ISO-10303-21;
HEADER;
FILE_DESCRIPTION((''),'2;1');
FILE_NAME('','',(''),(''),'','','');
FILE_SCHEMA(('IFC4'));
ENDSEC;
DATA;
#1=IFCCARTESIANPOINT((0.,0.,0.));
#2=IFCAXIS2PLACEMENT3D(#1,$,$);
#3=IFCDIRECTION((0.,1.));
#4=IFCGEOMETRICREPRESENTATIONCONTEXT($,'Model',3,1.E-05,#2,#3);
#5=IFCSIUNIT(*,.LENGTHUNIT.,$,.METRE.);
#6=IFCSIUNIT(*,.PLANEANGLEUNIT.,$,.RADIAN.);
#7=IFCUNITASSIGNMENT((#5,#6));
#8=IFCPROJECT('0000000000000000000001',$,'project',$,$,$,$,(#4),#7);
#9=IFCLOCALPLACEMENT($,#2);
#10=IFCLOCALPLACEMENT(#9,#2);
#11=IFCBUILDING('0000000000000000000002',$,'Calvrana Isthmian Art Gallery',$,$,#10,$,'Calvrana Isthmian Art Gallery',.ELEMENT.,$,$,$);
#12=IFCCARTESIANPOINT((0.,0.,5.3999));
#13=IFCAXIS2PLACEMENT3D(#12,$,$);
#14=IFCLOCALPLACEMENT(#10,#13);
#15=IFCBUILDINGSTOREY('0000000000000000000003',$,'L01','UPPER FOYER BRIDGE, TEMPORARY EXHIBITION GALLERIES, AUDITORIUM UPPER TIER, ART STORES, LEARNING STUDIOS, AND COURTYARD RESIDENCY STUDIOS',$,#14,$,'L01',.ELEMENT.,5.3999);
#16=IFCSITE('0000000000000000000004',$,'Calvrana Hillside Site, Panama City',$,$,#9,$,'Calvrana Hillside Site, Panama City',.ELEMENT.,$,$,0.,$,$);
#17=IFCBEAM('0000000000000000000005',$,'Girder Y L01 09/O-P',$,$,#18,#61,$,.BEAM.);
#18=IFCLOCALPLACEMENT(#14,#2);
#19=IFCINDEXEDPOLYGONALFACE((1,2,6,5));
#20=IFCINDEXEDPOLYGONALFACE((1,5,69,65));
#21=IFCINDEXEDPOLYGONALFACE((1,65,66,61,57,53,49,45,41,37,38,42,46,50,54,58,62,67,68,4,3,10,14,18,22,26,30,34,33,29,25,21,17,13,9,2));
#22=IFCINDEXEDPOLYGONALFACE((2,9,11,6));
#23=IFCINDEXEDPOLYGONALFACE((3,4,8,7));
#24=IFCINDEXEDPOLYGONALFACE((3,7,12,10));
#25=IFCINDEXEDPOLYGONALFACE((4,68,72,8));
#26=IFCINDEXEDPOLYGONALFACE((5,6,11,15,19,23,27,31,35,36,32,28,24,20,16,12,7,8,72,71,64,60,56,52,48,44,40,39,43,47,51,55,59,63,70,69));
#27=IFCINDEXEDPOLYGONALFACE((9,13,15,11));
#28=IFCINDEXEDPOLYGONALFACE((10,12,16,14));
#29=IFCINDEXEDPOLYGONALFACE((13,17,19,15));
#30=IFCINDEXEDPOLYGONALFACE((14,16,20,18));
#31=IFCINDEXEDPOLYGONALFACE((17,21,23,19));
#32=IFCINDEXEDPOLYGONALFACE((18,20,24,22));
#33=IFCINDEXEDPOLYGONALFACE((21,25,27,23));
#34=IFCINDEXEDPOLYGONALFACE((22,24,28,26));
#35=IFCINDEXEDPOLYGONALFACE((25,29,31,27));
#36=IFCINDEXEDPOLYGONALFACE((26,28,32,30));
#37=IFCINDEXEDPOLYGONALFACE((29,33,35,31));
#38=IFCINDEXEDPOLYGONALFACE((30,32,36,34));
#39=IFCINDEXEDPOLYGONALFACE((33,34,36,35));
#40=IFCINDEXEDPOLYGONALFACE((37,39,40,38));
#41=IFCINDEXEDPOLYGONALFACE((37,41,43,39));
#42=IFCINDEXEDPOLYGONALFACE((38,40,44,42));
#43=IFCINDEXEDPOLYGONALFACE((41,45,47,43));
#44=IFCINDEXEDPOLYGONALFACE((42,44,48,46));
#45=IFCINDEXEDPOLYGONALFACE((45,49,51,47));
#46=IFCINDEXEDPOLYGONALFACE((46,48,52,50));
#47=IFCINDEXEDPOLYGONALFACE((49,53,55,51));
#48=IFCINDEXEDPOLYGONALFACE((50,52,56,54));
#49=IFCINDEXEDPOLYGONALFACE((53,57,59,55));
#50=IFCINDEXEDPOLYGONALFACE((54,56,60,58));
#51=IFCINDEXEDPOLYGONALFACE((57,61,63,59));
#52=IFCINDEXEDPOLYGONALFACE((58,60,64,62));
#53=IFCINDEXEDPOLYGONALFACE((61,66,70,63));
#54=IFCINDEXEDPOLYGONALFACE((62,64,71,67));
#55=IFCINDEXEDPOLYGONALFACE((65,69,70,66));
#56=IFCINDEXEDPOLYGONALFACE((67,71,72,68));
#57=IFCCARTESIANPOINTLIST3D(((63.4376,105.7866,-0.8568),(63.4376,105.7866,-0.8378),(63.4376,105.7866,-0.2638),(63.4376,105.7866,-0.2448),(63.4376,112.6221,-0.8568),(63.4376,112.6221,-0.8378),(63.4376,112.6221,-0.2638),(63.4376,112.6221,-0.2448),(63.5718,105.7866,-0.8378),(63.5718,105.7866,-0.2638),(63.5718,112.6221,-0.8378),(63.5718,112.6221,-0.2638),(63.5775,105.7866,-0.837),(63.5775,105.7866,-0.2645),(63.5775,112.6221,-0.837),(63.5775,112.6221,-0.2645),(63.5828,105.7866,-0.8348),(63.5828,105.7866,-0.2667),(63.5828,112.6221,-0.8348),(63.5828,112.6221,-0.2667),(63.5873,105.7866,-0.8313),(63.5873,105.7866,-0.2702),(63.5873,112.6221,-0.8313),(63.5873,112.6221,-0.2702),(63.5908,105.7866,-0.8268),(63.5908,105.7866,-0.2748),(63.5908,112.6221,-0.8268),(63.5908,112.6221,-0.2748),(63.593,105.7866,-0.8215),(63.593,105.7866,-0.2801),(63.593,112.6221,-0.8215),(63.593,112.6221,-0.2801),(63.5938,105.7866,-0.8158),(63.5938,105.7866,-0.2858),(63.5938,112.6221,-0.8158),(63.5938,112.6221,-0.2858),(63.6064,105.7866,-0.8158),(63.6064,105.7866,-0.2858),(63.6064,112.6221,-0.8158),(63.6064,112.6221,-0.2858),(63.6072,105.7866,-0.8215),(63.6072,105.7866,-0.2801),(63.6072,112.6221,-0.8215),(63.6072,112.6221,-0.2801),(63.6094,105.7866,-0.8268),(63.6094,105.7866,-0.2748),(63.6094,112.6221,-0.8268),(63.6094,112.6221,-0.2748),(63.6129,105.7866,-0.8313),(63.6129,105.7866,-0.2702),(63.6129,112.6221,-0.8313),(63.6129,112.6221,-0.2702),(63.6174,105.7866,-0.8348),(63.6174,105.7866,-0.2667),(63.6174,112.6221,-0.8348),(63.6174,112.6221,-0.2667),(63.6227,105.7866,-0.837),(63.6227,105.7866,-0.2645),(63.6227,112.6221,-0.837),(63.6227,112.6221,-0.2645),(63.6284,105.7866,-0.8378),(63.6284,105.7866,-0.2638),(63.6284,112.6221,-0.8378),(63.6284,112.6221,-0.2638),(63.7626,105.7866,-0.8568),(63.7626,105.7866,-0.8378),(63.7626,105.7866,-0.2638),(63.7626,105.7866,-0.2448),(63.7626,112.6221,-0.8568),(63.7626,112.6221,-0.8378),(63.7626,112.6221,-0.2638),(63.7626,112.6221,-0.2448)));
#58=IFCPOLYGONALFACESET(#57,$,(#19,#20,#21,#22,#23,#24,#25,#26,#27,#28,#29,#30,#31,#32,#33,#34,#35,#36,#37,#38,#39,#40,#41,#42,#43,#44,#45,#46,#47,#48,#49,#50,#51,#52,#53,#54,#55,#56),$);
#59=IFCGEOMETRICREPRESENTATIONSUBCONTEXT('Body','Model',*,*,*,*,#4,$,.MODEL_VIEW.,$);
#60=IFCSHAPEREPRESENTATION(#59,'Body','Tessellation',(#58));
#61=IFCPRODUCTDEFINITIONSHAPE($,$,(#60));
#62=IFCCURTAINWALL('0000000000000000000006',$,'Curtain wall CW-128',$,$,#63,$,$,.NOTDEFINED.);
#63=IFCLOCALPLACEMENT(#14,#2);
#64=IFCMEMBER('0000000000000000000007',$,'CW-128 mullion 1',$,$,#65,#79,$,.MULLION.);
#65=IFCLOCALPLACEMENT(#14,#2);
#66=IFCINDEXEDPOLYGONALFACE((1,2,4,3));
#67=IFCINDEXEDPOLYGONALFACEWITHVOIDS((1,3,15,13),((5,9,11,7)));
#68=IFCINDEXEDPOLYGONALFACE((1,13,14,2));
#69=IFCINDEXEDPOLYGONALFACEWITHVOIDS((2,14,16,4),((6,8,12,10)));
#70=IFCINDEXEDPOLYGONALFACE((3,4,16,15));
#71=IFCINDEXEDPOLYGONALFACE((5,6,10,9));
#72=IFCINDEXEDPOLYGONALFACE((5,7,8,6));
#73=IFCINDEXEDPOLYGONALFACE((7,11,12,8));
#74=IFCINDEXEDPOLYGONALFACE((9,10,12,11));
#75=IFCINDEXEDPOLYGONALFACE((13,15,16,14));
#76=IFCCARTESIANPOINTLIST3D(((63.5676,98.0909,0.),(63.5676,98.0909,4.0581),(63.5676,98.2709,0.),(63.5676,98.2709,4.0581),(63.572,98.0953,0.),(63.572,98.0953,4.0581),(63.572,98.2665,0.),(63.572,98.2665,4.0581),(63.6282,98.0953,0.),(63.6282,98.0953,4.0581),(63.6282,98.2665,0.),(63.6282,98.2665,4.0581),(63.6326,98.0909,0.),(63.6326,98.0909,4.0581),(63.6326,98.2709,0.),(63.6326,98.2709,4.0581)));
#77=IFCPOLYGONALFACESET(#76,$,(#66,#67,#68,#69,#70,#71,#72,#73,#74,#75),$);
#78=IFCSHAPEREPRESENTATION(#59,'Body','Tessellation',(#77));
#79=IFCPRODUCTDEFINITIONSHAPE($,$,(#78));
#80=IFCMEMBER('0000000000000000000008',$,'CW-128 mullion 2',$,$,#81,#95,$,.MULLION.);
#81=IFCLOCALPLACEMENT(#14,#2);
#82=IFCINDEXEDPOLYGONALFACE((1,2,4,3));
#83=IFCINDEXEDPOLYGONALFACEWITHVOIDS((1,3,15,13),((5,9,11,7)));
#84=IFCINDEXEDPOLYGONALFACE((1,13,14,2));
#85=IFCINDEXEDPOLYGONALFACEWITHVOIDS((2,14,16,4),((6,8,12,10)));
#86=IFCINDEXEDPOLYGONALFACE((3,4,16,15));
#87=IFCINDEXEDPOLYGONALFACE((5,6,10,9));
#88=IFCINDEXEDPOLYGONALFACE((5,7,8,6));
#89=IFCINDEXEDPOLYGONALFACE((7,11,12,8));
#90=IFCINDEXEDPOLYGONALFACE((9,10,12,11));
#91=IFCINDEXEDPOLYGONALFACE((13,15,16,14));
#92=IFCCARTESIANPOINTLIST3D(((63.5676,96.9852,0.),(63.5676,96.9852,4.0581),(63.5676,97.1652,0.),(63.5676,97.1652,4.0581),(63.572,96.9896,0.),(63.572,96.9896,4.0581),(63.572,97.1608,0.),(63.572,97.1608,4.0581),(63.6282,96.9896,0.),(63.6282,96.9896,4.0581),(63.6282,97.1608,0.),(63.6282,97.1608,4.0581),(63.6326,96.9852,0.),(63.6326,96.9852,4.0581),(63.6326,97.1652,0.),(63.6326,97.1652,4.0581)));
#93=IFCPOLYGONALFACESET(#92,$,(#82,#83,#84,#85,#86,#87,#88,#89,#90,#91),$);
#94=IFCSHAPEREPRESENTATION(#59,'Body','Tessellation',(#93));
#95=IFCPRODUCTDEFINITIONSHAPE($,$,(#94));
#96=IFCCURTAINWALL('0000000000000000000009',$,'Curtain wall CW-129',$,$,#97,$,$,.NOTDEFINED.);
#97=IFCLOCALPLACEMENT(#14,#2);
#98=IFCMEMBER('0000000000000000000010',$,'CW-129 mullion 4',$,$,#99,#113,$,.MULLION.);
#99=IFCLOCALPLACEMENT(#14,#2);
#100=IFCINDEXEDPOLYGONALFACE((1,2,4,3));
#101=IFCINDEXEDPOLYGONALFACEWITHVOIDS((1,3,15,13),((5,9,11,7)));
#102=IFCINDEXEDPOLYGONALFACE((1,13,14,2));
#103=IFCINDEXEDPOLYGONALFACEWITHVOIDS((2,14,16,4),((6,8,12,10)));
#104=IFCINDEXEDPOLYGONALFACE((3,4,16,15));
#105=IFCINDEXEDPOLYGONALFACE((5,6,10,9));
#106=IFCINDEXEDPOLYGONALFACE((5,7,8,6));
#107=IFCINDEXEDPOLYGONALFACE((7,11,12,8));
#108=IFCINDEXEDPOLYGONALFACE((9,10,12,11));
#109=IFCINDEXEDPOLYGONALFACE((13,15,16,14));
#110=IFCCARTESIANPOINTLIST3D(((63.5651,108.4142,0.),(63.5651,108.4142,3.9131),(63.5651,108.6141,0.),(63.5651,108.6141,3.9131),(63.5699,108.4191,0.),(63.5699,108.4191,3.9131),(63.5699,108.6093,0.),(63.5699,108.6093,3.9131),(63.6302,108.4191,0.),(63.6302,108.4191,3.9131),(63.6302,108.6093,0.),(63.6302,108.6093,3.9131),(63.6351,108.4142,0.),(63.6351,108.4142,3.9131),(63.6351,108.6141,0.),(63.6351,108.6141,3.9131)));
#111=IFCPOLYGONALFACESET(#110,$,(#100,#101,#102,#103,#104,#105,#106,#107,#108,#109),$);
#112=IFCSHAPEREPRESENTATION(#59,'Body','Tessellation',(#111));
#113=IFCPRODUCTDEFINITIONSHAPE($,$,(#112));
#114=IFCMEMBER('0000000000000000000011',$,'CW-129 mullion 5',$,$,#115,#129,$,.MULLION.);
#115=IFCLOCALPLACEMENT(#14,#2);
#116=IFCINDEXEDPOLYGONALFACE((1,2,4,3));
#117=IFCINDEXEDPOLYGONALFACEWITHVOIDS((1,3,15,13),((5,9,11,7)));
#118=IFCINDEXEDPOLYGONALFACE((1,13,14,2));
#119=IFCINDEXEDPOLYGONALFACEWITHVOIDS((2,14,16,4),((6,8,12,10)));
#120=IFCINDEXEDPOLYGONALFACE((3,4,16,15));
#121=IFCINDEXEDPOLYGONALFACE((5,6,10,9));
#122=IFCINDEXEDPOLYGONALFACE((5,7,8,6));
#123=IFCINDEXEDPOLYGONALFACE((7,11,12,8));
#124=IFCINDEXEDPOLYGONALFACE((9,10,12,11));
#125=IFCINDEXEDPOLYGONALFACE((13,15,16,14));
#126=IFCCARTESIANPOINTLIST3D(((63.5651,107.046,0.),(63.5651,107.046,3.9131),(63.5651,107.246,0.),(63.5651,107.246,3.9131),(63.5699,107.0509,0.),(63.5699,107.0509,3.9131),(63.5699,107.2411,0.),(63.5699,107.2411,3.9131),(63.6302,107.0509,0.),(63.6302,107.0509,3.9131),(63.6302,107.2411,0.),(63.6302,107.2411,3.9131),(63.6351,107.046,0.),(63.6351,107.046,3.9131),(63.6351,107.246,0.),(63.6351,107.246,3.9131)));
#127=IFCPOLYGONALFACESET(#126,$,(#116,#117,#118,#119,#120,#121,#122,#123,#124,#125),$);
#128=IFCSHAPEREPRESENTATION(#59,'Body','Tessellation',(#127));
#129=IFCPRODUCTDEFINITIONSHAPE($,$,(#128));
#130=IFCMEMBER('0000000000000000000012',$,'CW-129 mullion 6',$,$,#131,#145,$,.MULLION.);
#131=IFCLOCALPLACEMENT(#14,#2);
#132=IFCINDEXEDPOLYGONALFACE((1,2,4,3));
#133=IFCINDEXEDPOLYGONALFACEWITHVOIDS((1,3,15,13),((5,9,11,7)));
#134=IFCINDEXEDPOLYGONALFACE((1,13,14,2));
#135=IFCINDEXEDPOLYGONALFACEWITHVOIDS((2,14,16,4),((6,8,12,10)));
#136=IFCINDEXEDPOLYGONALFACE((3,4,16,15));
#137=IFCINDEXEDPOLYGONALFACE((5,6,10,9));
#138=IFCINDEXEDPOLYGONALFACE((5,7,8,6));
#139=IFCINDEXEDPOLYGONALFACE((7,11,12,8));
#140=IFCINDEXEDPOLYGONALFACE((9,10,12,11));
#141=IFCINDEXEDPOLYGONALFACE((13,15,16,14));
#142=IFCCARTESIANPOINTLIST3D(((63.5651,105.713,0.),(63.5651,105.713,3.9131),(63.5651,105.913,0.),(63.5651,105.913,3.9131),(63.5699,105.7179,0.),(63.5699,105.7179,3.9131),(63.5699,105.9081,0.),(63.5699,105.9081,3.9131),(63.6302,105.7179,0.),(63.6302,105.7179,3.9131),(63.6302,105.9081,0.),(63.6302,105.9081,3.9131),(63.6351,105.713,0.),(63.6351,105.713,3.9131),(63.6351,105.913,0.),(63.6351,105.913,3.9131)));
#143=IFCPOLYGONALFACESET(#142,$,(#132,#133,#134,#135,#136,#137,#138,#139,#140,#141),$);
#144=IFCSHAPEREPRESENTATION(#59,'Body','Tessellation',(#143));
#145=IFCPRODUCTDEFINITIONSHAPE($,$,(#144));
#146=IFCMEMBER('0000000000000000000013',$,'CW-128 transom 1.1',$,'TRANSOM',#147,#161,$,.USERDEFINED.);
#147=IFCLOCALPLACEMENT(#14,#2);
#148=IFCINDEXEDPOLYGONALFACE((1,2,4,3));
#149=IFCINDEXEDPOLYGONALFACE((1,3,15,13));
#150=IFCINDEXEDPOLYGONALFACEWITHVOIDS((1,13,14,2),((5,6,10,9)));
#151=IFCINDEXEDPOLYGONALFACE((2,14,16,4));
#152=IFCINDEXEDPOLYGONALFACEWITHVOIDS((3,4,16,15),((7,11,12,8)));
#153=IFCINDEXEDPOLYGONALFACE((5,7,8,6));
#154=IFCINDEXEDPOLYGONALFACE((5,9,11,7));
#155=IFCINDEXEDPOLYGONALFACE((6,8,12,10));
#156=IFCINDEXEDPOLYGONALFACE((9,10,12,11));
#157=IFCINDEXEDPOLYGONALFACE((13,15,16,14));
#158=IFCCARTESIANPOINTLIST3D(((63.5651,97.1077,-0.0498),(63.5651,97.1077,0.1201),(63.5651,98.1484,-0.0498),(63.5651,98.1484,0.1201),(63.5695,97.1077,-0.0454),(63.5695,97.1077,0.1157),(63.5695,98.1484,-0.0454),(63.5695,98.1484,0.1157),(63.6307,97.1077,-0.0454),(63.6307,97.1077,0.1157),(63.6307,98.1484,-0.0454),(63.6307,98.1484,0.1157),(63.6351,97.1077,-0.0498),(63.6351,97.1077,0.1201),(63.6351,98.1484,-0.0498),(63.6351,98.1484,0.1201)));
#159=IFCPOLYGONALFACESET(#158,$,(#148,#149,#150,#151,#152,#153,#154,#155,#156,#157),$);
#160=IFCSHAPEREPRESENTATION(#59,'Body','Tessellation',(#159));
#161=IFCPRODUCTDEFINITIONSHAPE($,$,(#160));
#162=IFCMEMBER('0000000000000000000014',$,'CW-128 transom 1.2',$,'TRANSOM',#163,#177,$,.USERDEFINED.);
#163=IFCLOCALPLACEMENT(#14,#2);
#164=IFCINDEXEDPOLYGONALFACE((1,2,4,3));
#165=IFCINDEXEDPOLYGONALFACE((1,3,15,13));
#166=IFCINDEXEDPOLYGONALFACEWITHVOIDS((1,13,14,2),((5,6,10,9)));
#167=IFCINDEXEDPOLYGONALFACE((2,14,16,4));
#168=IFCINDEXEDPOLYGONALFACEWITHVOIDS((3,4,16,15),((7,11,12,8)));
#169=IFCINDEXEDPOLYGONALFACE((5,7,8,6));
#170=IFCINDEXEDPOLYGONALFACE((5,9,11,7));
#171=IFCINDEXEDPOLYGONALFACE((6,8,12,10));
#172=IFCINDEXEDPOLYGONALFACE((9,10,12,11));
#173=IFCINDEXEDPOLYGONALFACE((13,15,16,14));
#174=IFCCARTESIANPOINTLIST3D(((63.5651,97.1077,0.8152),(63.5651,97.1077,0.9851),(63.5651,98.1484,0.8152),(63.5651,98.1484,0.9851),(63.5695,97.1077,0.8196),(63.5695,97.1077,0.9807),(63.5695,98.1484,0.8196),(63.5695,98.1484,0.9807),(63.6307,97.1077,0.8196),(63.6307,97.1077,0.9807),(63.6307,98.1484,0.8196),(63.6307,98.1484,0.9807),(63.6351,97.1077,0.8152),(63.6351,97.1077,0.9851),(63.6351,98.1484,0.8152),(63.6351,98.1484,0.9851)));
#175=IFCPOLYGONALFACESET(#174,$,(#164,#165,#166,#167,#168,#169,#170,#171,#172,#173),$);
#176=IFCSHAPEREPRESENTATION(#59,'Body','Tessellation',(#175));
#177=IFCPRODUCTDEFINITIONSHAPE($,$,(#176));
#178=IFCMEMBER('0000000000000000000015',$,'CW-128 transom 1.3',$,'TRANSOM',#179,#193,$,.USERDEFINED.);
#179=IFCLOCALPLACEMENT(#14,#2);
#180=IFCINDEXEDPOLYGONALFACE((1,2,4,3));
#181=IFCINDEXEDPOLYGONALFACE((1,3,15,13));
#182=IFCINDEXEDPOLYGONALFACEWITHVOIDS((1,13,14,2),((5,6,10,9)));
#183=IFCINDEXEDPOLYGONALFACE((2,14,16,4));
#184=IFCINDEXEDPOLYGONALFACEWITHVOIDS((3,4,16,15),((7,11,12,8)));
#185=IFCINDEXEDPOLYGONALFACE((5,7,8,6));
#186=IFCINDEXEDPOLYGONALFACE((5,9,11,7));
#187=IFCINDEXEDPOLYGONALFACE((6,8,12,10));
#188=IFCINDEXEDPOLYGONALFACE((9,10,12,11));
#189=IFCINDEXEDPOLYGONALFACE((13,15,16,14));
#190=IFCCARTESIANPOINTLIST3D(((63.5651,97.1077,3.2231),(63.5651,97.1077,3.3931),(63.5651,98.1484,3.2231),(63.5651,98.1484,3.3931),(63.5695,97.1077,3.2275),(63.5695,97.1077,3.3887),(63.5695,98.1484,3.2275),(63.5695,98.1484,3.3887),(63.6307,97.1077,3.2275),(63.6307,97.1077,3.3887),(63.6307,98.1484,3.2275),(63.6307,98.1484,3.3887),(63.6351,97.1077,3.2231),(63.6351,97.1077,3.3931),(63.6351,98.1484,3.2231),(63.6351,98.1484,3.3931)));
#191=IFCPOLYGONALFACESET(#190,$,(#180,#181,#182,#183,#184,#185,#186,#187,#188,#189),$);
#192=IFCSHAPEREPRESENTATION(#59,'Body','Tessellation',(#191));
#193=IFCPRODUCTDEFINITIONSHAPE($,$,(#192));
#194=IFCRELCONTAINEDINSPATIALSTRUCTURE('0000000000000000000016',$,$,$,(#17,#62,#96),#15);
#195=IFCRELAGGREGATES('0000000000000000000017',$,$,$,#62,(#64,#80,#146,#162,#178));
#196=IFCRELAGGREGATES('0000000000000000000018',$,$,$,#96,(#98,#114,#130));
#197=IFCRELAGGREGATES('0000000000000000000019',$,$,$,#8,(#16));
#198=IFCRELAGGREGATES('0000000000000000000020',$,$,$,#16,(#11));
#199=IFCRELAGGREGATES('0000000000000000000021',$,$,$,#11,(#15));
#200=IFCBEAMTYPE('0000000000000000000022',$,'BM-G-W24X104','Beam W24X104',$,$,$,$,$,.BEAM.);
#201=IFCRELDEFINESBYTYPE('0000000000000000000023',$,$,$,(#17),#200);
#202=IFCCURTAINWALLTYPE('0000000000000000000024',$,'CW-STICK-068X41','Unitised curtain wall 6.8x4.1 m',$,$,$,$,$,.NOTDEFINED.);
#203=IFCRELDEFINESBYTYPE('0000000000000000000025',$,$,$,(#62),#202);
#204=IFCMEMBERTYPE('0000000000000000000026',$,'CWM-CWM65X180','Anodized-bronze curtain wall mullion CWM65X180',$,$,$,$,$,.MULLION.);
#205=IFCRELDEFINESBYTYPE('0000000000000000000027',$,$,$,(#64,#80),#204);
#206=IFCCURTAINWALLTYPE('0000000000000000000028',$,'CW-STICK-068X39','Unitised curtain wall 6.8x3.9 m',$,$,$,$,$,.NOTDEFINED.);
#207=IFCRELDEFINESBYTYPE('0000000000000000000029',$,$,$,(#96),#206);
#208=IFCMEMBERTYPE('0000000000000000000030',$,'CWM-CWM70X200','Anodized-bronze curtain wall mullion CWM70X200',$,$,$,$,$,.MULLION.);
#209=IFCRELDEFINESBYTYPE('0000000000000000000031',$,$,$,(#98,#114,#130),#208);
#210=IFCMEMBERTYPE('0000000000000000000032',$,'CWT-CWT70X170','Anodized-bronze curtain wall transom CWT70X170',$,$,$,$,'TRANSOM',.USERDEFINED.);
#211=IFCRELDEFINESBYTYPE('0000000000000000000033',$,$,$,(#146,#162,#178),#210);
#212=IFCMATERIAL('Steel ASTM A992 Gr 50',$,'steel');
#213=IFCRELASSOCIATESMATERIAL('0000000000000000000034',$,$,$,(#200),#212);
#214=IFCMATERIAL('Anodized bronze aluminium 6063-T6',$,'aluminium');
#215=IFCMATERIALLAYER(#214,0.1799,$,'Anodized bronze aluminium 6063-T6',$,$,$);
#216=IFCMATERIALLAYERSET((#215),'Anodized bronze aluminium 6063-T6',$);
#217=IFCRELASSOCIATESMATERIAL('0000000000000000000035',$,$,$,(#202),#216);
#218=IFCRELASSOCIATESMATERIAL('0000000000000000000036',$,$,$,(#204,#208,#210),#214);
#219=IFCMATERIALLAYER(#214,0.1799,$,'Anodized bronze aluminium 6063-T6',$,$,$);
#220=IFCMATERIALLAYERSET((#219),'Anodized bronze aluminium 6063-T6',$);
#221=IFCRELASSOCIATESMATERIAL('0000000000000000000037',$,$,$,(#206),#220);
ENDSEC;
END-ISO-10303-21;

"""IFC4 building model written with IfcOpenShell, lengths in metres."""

from ifc_helpers import new_model, si_unit, direction, frame, origin, origin_2d, place, context, subcontext, project, spatial, hollow_rectangle, i_section, extrude, material, layer, layer_set, material_profile, profile_set, type_object, element, aggregate, save


model = new_model("IFC4")

# Units and contexts
model_context = context("Model", 3, precision=1e-05, world=origin(), true_north=direction((0.0, 1.0)))
body_context = subcontext(model_context, "Body", "Model", "MODEL_VIEW")
ifc_project = project(units=[si_unit("LENGTHUNIT", "METRE"), si_unit("PLANEANGLEUNIT", "RADIAN")], contexts=[model_context])

# Site, building, storey
site_placement = place(None, origin())
site = spatial("IfcSite", under=ifc_project, at=site_placement, Name="Calvrana Hillside Site, Panama City", LongName="Calvrana Hillside Site, Panama City", CompositionType="ELEMENT", RefElevation=0.0)
building_placement = place(site_placement, origin())
building = spatial("IfcBuilding", under=site, at=building_placement, Name="Calvrana Isthmian Art Gallery", LongName="Calvrana Isthmian Art Gallery", CompositionType="ELEMENT")
storey_placement = place(building_placement, frame((0.0, 0.0, 5.3999)))
storey = spatial("IfcBuildingStorey", under=building, at=storey_placement, Name="L01", Description="UPPER FOYER BRIDGE, TEMPORARY EXHIBITION GALLERIES, AUDITORIUM UPPER TIER, ART STORES, LEARNING STUDIOS, AND COURTYARD RESIDENCY STUDIOS", LongName="L01", CompositionType="ELEMENT", Elevation=5.3999)

# Shared definitions
ifc_material_1 = material(Name="Steel ASTM A992 Gr 50", Category="steel")

# Beam
ifc_material_profile_1 = material_profile(ifc_material_1, i_section(OverallWidth=0.325, OverallDepth=0.6121, WebThickness=0.0127, FlangeThickness=0.019, FilletRadius=0.022, at=origin_2d()), Name="W24X104")
ifc_profile_set_1 = profile_set([ifc_material_profile_1], Name="Steel ASTM A992 Gr 50")
beam_type_1 = type_object("IfcBeamType", Name="BM-G-W24X104", Description="Beam W24X104", PredefinedType="BEAM", material=ifc_profile_set_1)
beam_1_placement = place(storey_placement, frame((63.6001, 105.7866, -0.5508), z_axis=(0.0, 1.0, 0.0), x_axis=(-1.0, 0.0, 0.0)))
element("IfcBeam", 1, at=beam_1_placement, inside=storey, type_object=beam_type_1, Name="Girder Y L01 09/O-P", PredefinedType="BEAM", context=body_context, shape_type="SweptSolid", body=[
    extrude(i_section(OverallWidth=0.325, OverallDepth=0.6121, WebThickness=0.0127, FlangeThickness=0.019, FilletRadius=0.022, at=origin_2d()), origin(), (0.0, 0.0, 1.0), 6.8354),
])

# Curtain walls, members
ifc_material_2 = material(Name="Anodized bronze aluminium 6063-T6", Category="aluminium")
ifc_layer_1 = layer(ifc_material_2, 0.1799, Name="Anodized bronze aluminium 6063-T6")
ifc_layer_set_1 = layer_set([ifc_layer_1], Name="Anodized bronze aluminium 6063-T6")
curtain_wall_type_1 = type_object("IfcCurtainWallType", Name="CW-STICK-068X41", Description="Unitised curtain wall 6.8x4.1 m", PredefinedType="NOTDEFINED", material=ifc_layer_set_1)
curtain_wall_1_placement = place(storey_placement, origin())
curtain_wall_1 = element("IfcCurtainWall", 2, at=curtain_wall_1_placement, inside=storey, type_object=curtain_wall_type_1, Name="Curtain wall CW-128", PredefinedType="NOTDEFINED")
ifc_material_profile_2 = material_profile(ifc_material_2, hollow_rectangle(XDim=0.0649, YDim=0.1799, WallThickness=0.0044, at=origin_2d()), Name="CWM65X180")
ifc_profile_set_2 = profile_set([ifc_material_profile_2], Name="Anodized bronze aluminium 6063-T6")
member_type_1 = type_object("IfcMemberType", Name="CWM-CWM65X180", Description="Anodized-bronze curtain wall mullion CWM65X180", PredefinedType="MULLION", material=ifc_profile_set_2)
member_1_placement = place(storey_placement, frame((63.6001, 98.1809, 0.0), z_axis=(0.0, 0.0, 1.0), x_axis=(1.0, 0.0, 0.0)))
member_1 = element("IfcMember", 3, at=member_1_placement, type_object=member_type_1, Name="CW-128 mullion 1", PredefinedType="MULLION", context=body_context, shape_type="SweptSolid", body=[
    extrude(hollow_rectangle(XDim=0.0649, YDim=0.1799, WallThickness=0.0044, at=origin_2d()), origin(), (0.0, 0.0, 1.0), 4.0581),
])
member_2_placement = place(storey_placement, frame((63.6001, 97.0752, 0.0), z_axis=(0.0, 0.0, 1.0), x_axis=(1.0, 0.0, 0.0)))
member_2 = element("IfcMember", 4, at=member_2_placement, type_object=member_type_1, Name="CW-128 mullion 2", PredefinedType="MULLION", context=body_context, shape_type="SweptSolid", body=[
    extrude(hollow_rectangle(XDim=0.0649, YDim=0.1799, WallThickness=0.0044, at=origin_2d()), origin(), (0.0, 0.0, 1.0), 4.0581),
])
ifc_layer_2 = layer(ifc_material_2, 0.1799, Name="Anodized bronze aluminium 6063-T6")
ifc_layer_set_2 = layer_set([ifc_layer_2], Name="Anodized bronze aluminium 6063-T6")
curtain_wall_type_2 = type_object("IfcCurtainWallType", Name="CW-STICK-068X39", Description="Unitised curtain wall 6.8x3.9 m", PredefinedType="NOTDEFINED", material=ifc_layer_set_2)
curtain_wall_2_placement = place(storey_placement, origin())
curtain_wall_2 = element("IfcCurtainWall", 5, at=curtain_wall_2_placement, inside=storey, type_object=curtain_wall_type_2, Name="Curtain wall CW-129", PredefinedType="NOTDEFINED")
ifc_material_profile_3 = material_profile(ifc_material_2, hollow_rectangle(XDim=0.0701, YDim=0.2, WallThickness=0.0049, at=origin_2d()), Name="CWM70X200")
ifc_profile_set_3 = profile_set([ifc_material_profile_3], Name="Anodized bronze aluminium 6063-T6")
member_type_2 = type_object("IfcMemberType", Name="CWM-CWM70X200", Description="Anodized-bronze curtain wall mullion CWM70X200", PredefinedType="MULLION", material=ifc_profile_set_3)
member_3_placement = place(storey_placement, frame((63.6001, 108.5142, 0.0), z_axis=(0.0, 0.0, 1.0), x_axis=(1.0, 0.0, 0.0)))
member_3 = element("IfcMember", 6, at=member_3_placement, type_object=member_type_2, Name="CW-129 mullion 4", PredefinedType="MULLION", context=body_context, shape_type="SweptSolid", body=[
    extrude(hollow_rectangle(XDim=0.0701, YDim=0.2, WallThickness=0.0049, at=origin_2d()), origin(), (0.0, 0.0, 1.0), 3.9131),
])
member_4_placement = place(storey_placement, frame((63.6001, 107.146, 0.0), z_axis=(0.0, 0.0, 1.0), x_axis=(1.0, 0.0, 0.0)))
member_4 = element("IfcMember", 7, at=member_4_placement, type_object=member_type_2, Name="CW-129 mullion 5", PredefinedType="MULLION", context=body_context, shape_type="SweptSolid", body=[
    extrude(hollow_rectangle(XDim=0.0701, YDim=0.2, WallThickness=0.0049, at=origin_2d()), origin(), (0.0, 0.0, 1.0), 3.9131),
])
member_5_placement = place(storey_placement, frame((63.6001, 105.813, 0.0), z_axis=(0.0, 0.0, 1.0), x_axis=(1.0, 0.0, 0.0)))
member_5 = element("IfcMember", 8, at=member_5_placement, type_object=member_type_2, Name="CW-129 mullion 6", PredefinedType="MULLION", context=body_context, shape_type="SweptSolid", body=[
    extrude(hollow_rectangle(XDim=0.0701, YDim=0.2, WallThickness=0.0049, at=origin_2d()), origin(), (0.0, 0.0, 1.0), 3.9131),
])

# Members
ifc_material_profile_4 = material_profile(ifc_material_2, hollow_rectangle(XDim=0.0701, YDim=0.1699, WallThickness=0.0044, at=origin_2d()), Name="CWT70X170")
ifc_profile_set_4 = profile_set([ifc_material_profile_4], Name="Anodized bronze aluminium 6063-T6")
member_type_3 = type_object("IfcMemberType", Name="CWT-CWT70X170", Description="Anodized-bronze curtain wall transom CWT70X170", ElementType="TRANSOM", PredefinedType="USERDEFINED", material=ifc_profile_set_4)
member_6_placement = place(storey_placement, frame((63.6001, 98.1484, 0.0352), z_axis=(0.0, -1.0, 0.0), x_axis=(1.0, 0.0, 0.0)))
member_6 = element("IfcMember", 9, at=member_6_placement, type_object=member_type_3, Name="CW-128 transom 1.1", ObjectType="TRANSOM", PredefinedType="USERDEFINED", context=body_context, shape_type="SweptSolid", body=[
    extrude(hollow_rectangle(XDim=0.0701, YDim=0.1699, WallThickness=0.0044, at=origin_2d()), origin(), (0.0, 0.0, 1.0), 1.0408),
])
member_7_placement = place(storey_placement, frame((63.6001, 98.1484, 0.9001), z_axis=(0.0, -1.0, 0.0), x_axis=(1.0, 0.0, 0.0)))
member_7 = element("IfcMember", 10, at=member_7_placement, type_object=member_type_3, Name="CW-128 transom 1.2", ObjectType="TRANSOM", PredefinedType="USERDEFINED", context=body_context, shape_type="SweptSolid", body=[
    extrude(hollow_rectangle(XDim=0.0701, YDim=0.1699, WallThickness=0.0044, at=origin_2d()), origin(), (0.0, 0.0, 1.0), 1.0408),
])
member_8_placement = place(storey_placement, frame((63.6001, 98.1484, 3.3081), z_axis=(0.0, -1.0, 0.0), x_axis=(1.0, 0.0, 0.0)))
member_8 = element("IfcMember", 11, at=member_8_placement, type_object=member_type_3, Name="CW-128 transom 1.3", ObjectType="TRANSOM", PredefinedType="USERDEFINED", context=body_context, shape_type="SweptSolid", body=[
    extrude(hollow_rectangle(XDim=0.0701, YDim=0.1699, WallThickness=0.0044, at=origin_2d()), origin(), (0.0, 0.0, 1.0), 1.0408),
])

aggregate(curtain_wall_1, [member_1, member_2, member_6, member_7, member_8])
aggregate(curtain_wall_2, [member_3, member_4, member_5])

save(model, "model.ifc")
